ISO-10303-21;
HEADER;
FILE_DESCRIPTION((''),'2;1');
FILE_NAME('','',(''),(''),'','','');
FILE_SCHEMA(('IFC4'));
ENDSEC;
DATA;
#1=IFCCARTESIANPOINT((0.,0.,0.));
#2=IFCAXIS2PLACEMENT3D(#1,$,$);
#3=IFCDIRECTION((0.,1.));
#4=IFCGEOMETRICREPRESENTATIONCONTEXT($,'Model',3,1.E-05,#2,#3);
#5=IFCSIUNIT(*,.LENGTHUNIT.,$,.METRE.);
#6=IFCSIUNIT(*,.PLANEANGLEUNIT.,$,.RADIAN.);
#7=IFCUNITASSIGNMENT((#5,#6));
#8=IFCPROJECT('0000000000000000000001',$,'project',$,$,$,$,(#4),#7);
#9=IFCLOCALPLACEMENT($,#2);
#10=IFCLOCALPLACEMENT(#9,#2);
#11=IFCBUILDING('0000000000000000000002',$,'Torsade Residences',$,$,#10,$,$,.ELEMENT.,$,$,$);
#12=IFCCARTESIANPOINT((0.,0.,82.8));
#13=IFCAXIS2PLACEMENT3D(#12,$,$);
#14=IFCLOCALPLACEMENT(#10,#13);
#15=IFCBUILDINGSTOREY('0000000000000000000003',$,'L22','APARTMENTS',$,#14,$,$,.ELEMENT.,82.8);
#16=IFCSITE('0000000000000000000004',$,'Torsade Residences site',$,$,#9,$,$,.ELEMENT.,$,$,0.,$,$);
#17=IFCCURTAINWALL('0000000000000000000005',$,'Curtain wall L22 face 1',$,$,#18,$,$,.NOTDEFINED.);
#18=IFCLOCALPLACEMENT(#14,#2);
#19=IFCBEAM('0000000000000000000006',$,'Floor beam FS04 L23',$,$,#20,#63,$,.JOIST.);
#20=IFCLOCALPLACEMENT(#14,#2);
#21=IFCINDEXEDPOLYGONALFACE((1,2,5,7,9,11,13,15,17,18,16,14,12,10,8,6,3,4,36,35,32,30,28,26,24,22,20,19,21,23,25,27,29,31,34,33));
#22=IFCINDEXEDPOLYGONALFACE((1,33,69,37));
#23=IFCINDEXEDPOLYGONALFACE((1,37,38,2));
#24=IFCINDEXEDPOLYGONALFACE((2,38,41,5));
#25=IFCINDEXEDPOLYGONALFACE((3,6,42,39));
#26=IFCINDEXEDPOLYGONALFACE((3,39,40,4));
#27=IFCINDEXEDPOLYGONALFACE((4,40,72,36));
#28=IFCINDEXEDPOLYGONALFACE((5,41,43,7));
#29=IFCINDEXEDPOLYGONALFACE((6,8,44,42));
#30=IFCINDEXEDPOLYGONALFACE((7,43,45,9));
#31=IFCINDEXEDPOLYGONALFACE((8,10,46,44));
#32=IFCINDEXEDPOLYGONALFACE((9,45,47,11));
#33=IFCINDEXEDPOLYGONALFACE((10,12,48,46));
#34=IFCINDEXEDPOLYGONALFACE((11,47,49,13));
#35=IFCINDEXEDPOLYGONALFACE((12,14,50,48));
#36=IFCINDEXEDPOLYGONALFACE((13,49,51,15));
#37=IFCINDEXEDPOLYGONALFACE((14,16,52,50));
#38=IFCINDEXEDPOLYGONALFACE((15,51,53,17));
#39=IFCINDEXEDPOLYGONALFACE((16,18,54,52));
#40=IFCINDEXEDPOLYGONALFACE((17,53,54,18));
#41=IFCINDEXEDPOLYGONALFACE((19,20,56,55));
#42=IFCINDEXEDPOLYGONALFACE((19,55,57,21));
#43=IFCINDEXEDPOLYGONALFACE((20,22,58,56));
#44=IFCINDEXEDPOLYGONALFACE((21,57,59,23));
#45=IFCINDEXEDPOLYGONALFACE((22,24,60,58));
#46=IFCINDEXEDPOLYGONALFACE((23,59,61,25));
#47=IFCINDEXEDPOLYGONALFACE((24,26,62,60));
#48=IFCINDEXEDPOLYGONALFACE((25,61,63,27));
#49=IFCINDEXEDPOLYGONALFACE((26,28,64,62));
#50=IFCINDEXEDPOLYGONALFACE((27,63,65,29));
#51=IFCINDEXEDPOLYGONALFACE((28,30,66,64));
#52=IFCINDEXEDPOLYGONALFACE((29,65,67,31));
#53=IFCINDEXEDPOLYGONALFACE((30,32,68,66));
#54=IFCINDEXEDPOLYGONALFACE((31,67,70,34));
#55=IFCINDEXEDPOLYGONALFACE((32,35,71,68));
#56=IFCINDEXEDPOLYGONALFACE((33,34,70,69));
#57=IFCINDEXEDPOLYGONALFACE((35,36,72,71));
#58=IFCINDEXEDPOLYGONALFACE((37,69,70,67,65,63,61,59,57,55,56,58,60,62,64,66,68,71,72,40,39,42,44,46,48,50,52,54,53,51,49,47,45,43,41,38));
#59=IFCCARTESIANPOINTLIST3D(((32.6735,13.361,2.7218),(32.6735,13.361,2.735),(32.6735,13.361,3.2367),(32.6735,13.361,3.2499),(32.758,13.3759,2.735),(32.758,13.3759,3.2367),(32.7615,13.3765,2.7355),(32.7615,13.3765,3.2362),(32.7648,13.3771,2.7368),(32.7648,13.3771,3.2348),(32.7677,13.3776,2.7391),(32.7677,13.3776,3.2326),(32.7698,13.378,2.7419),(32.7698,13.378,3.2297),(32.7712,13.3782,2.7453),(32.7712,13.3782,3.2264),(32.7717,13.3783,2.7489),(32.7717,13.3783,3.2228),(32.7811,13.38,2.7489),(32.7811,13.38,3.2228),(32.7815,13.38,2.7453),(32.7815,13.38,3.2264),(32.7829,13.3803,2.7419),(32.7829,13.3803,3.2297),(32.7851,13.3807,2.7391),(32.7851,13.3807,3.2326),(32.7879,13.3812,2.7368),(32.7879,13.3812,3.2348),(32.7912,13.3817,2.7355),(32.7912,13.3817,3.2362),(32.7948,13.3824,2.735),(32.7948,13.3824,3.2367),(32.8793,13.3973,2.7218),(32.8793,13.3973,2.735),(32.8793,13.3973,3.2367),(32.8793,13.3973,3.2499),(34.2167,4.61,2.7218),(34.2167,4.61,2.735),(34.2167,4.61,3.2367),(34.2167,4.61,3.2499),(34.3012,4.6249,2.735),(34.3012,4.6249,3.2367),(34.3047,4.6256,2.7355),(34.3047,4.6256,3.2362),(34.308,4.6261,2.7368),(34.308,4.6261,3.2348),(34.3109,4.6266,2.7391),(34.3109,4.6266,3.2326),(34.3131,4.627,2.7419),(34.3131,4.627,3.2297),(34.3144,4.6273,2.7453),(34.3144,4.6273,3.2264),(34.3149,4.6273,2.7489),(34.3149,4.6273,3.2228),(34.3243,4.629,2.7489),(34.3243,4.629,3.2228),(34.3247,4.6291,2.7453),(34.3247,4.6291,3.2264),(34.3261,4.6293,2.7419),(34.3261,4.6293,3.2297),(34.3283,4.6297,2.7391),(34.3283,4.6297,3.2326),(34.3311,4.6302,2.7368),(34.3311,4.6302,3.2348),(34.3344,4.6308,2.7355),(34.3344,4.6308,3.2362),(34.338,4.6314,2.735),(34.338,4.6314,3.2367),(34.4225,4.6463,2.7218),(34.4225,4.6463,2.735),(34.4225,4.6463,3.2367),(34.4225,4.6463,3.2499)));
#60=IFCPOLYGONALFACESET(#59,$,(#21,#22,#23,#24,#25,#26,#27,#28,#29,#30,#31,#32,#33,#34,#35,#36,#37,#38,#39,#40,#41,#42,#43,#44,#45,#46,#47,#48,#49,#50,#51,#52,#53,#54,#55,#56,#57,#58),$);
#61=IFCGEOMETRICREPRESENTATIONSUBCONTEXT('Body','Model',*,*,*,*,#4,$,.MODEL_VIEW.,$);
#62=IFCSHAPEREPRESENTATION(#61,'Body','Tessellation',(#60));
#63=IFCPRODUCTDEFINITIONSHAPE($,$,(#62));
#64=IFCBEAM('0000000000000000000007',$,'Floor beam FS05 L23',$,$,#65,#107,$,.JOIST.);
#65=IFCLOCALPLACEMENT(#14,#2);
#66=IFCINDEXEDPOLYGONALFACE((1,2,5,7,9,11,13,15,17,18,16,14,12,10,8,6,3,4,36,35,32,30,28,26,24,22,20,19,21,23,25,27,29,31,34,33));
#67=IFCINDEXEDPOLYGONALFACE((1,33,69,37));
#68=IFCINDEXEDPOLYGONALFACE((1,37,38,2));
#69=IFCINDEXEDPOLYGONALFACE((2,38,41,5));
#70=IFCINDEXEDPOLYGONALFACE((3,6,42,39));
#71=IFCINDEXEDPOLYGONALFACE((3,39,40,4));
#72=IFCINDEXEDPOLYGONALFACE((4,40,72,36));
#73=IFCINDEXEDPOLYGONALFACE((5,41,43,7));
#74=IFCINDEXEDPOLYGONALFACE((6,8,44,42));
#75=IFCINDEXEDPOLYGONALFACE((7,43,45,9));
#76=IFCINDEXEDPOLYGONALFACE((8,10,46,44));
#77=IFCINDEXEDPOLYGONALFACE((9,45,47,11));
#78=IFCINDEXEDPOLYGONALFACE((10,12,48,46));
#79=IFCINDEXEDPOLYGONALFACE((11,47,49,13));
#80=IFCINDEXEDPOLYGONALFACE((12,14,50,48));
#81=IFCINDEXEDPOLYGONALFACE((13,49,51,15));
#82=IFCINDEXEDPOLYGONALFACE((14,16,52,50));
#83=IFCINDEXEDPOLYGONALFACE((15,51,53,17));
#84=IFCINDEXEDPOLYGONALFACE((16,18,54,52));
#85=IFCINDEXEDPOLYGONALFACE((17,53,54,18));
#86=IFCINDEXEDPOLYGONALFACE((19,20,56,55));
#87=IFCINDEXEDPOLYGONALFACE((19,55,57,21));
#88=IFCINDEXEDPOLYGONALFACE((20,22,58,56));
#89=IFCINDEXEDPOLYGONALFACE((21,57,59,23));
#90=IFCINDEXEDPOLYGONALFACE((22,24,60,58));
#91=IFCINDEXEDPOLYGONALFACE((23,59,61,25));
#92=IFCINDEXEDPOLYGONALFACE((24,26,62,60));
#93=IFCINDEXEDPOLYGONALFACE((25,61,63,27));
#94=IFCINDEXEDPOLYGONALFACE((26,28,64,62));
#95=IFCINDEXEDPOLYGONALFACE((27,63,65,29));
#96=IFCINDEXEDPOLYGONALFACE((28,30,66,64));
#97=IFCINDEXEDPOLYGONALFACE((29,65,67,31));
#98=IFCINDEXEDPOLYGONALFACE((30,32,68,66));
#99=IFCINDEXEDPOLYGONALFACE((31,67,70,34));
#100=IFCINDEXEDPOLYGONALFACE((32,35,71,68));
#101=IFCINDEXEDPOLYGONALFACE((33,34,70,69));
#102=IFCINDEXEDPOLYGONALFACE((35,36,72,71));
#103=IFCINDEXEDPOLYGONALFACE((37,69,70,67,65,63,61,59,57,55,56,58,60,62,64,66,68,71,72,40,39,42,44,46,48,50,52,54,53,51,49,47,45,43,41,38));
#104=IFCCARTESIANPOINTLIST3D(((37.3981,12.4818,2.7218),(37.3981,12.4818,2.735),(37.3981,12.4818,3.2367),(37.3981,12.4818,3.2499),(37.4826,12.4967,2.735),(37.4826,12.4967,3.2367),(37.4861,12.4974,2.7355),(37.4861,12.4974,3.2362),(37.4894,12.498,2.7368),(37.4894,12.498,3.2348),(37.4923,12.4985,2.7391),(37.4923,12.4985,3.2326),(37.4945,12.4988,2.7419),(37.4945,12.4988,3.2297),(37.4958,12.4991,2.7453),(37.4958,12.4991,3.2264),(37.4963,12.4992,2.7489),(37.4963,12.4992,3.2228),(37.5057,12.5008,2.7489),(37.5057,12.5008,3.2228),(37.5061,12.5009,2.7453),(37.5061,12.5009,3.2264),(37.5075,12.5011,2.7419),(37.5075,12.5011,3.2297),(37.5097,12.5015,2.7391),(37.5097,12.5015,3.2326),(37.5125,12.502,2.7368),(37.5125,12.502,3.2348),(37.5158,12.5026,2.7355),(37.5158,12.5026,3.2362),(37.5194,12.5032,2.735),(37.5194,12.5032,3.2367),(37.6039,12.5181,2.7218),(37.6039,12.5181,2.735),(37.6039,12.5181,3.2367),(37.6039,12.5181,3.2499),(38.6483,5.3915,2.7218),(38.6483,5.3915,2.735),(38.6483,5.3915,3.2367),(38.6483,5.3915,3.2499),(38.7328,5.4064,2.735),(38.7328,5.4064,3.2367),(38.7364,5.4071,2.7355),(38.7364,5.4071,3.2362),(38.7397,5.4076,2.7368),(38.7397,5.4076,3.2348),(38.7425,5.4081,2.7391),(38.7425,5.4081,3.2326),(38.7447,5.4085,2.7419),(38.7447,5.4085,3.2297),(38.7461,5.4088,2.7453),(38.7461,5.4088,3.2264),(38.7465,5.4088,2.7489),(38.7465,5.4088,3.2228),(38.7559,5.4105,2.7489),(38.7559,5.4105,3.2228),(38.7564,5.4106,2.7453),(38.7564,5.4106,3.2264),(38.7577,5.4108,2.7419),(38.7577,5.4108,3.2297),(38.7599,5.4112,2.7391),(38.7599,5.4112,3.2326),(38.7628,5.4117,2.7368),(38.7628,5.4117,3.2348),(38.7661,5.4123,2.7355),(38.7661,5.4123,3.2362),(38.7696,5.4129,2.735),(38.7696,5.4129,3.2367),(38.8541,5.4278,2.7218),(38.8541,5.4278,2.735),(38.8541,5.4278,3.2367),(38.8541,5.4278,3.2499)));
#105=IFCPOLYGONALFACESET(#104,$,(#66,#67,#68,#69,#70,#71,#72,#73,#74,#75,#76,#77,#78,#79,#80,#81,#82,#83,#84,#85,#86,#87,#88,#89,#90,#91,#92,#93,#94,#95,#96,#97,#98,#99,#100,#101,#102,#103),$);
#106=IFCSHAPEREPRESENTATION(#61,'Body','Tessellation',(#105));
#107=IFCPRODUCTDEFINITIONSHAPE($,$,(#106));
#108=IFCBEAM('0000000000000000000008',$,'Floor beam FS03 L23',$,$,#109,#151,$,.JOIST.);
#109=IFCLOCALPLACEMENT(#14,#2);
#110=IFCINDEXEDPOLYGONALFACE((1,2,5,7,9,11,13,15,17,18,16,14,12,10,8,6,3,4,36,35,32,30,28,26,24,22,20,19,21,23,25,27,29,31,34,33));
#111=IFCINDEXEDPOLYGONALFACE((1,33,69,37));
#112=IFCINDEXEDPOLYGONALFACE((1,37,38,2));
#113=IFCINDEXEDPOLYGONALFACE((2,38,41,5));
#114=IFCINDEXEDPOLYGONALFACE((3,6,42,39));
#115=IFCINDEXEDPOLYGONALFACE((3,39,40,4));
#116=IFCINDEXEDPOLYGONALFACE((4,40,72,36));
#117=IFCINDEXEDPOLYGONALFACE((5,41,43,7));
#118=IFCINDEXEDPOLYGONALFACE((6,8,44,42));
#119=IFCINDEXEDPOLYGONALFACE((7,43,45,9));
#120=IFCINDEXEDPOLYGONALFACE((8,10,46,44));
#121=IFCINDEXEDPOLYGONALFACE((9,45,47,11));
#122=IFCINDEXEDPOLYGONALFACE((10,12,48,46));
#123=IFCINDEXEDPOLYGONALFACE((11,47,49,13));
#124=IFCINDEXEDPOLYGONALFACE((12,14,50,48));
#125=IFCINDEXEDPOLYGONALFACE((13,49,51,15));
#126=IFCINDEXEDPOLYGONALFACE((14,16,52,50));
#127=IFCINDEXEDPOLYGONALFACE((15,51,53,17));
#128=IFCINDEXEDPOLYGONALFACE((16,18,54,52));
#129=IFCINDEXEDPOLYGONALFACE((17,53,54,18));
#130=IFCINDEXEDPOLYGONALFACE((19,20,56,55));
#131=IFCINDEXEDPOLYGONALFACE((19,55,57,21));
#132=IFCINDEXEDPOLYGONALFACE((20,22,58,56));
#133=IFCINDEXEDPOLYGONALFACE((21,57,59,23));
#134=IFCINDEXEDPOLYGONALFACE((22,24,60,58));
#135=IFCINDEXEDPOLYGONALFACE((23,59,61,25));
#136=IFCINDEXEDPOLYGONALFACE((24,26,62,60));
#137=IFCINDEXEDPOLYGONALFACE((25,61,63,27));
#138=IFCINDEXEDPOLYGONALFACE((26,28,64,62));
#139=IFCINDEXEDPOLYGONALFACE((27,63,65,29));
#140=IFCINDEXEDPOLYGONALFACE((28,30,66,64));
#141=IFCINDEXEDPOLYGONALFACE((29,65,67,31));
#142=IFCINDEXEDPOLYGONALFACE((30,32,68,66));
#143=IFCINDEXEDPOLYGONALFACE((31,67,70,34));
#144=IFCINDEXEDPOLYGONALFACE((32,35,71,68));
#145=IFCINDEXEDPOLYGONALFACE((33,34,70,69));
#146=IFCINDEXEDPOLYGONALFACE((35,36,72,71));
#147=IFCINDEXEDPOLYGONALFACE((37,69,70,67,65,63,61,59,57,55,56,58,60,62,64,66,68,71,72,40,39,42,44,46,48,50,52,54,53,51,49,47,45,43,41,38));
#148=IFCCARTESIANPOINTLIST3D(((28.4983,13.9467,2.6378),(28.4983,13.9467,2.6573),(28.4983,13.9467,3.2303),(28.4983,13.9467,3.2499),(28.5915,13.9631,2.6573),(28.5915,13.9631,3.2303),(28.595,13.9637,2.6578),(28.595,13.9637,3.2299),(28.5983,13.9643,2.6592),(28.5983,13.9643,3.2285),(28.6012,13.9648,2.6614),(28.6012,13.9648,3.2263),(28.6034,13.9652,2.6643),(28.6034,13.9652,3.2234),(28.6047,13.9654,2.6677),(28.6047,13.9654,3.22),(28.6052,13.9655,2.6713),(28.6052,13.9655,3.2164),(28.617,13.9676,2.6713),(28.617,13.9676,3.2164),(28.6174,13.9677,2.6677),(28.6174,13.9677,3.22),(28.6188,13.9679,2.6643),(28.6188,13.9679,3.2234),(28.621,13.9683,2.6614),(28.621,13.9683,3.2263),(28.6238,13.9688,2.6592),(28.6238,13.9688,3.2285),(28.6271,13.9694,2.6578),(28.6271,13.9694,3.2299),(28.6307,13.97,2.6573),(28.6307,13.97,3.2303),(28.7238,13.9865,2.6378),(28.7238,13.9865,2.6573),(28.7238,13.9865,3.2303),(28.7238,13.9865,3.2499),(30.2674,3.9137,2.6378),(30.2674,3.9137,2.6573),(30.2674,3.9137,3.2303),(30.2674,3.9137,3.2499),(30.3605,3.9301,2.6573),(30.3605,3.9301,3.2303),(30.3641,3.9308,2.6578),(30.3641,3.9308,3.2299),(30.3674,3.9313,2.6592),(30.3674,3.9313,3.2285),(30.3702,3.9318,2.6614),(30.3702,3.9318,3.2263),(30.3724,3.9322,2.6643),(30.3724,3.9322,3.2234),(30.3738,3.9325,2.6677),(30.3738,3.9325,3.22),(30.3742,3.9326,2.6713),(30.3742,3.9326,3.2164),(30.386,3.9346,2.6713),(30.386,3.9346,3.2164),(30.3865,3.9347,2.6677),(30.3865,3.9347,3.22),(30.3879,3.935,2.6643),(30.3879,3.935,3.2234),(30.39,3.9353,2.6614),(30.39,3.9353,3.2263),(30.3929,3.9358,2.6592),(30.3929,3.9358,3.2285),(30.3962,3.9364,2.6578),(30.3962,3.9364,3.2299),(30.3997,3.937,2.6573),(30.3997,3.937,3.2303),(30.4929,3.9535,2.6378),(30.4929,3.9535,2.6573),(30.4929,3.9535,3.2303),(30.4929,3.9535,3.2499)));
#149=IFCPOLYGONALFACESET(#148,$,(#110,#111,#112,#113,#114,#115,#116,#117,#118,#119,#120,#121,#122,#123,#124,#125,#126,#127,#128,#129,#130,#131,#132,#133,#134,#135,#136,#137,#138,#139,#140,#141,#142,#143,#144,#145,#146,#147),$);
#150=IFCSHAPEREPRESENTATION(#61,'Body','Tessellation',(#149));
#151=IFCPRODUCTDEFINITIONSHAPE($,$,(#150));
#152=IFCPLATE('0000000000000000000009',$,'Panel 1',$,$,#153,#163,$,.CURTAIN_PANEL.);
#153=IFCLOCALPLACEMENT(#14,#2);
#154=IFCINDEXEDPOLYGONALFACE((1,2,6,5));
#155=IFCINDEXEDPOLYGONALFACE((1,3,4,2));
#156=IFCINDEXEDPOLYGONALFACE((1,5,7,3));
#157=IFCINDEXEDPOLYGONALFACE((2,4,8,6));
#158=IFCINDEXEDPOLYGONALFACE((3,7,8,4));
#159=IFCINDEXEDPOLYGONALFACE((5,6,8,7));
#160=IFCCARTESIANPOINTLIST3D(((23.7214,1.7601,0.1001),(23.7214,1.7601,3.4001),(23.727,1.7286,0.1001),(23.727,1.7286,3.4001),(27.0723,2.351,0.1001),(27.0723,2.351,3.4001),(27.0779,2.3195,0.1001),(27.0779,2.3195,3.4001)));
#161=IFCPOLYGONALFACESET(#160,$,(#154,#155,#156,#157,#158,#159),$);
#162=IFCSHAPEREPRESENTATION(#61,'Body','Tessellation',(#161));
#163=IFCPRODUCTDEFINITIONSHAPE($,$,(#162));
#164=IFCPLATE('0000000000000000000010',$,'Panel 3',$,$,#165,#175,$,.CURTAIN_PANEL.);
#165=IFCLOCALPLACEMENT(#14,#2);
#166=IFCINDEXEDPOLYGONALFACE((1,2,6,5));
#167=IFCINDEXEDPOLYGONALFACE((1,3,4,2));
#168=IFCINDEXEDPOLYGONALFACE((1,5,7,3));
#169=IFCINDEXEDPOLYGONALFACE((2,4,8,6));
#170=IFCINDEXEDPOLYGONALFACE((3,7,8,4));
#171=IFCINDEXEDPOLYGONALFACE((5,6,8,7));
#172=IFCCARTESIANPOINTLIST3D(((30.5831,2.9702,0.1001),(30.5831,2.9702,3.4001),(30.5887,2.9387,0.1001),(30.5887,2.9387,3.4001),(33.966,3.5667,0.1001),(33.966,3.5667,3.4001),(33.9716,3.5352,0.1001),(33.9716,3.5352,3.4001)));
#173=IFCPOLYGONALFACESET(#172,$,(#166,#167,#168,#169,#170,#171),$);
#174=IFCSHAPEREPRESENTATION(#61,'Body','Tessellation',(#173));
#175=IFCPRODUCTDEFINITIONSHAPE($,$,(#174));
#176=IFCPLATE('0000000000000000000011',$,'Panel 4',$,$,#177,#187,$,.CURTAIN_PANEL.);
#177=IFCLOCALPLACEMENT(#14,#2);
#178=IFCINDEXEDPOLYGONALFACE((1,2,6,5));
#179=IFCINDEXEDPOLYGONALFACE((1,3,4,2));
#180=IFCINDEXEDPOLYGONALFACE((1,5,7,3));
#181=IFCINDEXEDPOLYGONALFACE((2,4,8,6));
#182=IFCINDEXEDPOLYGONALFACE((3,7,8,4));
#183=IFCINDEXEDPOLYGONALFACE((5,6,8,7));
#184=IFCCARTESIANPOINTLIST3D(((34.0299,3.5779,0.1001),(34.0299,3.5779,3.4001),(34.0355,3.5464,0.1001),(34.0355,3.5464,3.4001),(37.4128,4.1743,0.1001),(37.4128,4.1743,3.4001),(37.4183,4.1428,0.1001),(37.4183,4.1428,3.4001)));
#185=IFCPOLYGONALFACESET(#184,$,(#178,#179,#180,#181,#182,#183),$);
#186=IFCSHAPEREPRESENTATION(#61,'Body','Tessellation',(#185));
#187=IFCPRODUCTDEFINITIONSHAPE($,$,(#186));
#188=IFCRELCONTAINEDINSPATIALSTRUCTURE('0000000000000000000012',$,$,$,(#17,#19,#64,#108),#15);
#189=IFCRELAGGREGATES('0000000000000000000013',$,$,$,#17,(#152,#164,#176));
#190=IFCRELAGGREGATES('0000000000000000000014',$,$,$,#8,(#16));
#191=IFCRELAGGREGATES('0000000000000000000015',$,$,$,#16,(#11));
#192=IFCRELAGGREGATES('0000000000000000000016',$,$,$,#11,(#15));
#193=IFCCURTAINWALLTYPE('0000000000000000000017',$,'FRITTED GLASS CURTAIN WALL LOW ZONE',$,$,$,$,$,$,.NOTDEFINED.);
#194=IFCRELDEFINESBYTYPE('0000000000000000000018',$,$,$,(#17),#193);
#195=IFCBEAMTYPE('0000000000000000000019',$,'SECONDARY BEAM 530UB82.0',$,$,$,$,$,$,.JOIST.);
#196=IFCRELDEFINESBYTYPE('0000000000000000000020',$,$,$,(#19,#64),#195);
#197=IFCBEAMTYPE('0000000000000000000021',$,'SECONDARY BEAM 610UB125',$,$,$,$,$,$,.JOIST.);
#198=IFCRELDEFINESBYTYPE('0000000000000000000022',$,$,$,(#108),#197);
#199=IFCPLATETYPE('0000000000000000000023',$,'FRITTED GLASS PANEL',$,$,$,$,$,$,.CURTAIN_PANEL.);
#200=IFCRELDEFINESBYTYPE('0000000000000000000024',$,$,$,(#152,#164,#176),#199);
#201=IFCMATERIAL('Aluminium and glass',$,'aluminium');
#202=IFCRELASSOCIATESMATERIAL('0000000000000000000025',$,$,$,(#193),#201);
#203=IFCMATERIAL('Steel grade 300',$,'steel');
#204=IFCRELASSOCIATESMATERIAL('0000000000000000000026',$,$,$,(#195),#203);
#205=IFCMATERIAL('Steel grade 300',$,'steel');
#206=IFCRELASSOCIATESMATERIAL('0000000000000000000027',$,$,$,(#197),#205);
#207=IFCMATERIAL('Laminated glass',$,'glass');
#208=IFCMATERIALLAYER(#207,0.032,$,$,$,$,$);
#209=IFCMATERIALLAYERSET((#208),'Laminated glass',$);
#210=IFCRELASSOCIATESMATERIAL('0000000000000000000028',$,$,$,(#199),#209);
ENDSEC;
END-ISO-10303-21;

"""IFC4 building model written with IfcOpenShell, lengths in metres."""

from ifc_helpers import new_model, si_unit, direction, frame, origin, origin_2d, place, context, subcontext, project, spatial, rectangle, i_section, extrude, material, layer, layer_set, material_profile, profile_set, type_object, element, aggregate, save


model = new_model("IFC4")

# Units and contexts
model_context = context("Model", 3, precision=1e-05, world=origin(), true_north=direction((0.0, 1.0)))
body_context = subcontext(model_context, "Body", "Model", "MODEL_VIEW")
ifc_project = project(units=[si_unit("LENGTHUNIT", "METRE"), si_unit("PLANEANGLEUNIT", "RADIAN")], contexts=[model_context])

# Site, building, storey
site_placement = place(None, origin())
site = spatial("IfcSite", under=ifc_project, at=site_placement, Name="Torsade Residences site", CompositionType="ELEMENT", RefElevation=0.0)
building_placement = place(site_placement, origin())
building = spatial("IfcBuilding", under=site, at=building_placement, Name="Torsade Residences", CompositionType="ELEMENT")
storey_placement = place(building_placement, frame((0.0, 0.0, 82.8)))
storey = spatial("IfcBuildingStorey", under=building, at=storey_placement, Name="L22", Description="APARTMENTS", CompositionType="ELEMENT", Elevation=82.8)

# Curtain wall
ifc_material_1 = material(Name="Aluminium and glass", Category="aluminium")
curtain_wall_type = type_object("IfcCurtainWallType", Name="FRITTED GLASS CURTAIN WALL LOW ZONE", PredefinedType="NOTDEFINED", material=ifc_material_1)
curtain_wall_placement = place(storey_placement, origin())
curtain_wall = element("IfcCurtainWall", 1, at=curtain_wall_placement, inside=storey, type_object=curtain_wall_type, Name="Curtain wall L22 face 1", PredefinedType="NOTDEFINED")

# Beams
ifc_material_2 = material(Name="Steel grade 300", Category="steel")
ifc_material_profile_1 = material_profile(ifc_material_2, i_section(OverallWidth=0.209, OverallDepth=0.5281, WebThickness=0.0095, FlangeThickness=0.0132, FilletRadius=0.0139, at=origin_2d()), Name="530UB82.0")
ifc_profile_set_1 = profile_set([ifc_material_profile_1], Name="Steel grade 300")
beam_type_1 = type_object("IfcBeamType", Name="SECONDARY BEAM 530UB82.0", PredefinedType="JOIST", material=ifc_profile_set_1)
beam_1_placement = place(storey_placement, frame((34.3196, 4.6282, 2.9858), z_axis=(-0.173668, 0.984804, 0.0), x_axis=(-0.984804, -0.173668, 0.0)))
element("IfcBeam", 2, at=beam_1_placement, inside=storey, type_object=beam_type_1, Name="Floor beam FS04 L23", PredefinedType="JOIST", context=body_context, shape_type="SweptSolid", body=[
    extrude(i_section(OverallWidth=0.209, OverallDepth=0.5281, WebThickness=0.0095, FlangeThickness=0.0132, FilletRadius=0.0139, at=origin_2d()), origin(), (0.0, 0.0, 1.0), 8.886),
])
beam_2_placement = place(storey_placement, frame((38.7512, 5.4097, 2.9858), z_axis=(-0.173652, 0.984807, 0.0), x_axis=(-0.984807, -0.173652, 0.0)))
element("IfcBeam", 3, at=beam_2_placement, inside=storey, type_object=beam_type_1, Name="Floor beam FS05 L23", PredefinedType="JOIST", context=body_context, shape_type="SweptSolid", body=[
    extrude(i_section(OverallWidth=0.209, OverallDepth=0.5281, WebThickness=0.0095, FlangeThickness=0.0132, FilletRadius=0.0139, at=origin_2d()), origin(), (0.0, 0.0, 1.0), 7.1997),
])
ifc_material_3 = material(Name="Steel grade 300", Category="steel")
ifc_material_profile_2 = material_profile(ifc_material_3, i_section(OverallWidth=0.229, OverallDepth=0.6121, WebThickness=0.012, FlangeThickness=0.0195, FilletRadius=0.0139, at=origin_2d()), Name="610UB125")
ifc_profile_set_2 = profile_set([ifc_material_profile_2], Name="Steel grade 300")
beam_type_2 = type_object("IfcBeamType", Name="SECONDARY BEAM 610UB125", PredefinedType="JOIST", material=ifc_profile_set_2)
beam_3_placement = place(storey_placement, frame((30.3801, 3.9336, 2.9438), z_axis=(-0.173645, 0.984808, 0.0), x_axis=(-0.984808, -0.173645, 0.0)))
element("IfcBeam", 4, at=beam_3_placement, inside=storey, type_object=beam_type_2, Name="Floor beam FS03 L23", PredefinedType="JOIST", context=body_context, shape_type="SweptSolid", body=[
    extrude(i_section(OverallWidth=0.229, OverallDepth=0.6121, WebThickness=0.012, FlangeThickness=0.0195, FilletRadius=0.0139, at=origin_2d()), origin(), (0.0, 0.0, 1.0), 10.1877),
])

# Plates
ifc_material_4 = material(Name="Laminated glass", Category="glass")
ifc_layer_1 = layer(ifc_material_4, 0.032)
ifc_layer_set_1 = layer_set([ifc_layer_1], Name="Laminated glass")
plate_type_1 = type_object("IfcPlateType", Name="FRITTED GLASS PANEL", PredefinedType="CURTAIN_PANEL", material=ifc_layer_set_1)
plate_1_placement = place(storey_placement, frame((25.3997, 2.0398, 0.1001), z_axis=(0.0, 0.0, 1.0), x_axis=(0.984808, 0.173648, 0.0)))
plate_1 = element("IfcPlate", 5, at=plate_1_placement, type_object=plate_type_1, Name="Panel 1", PredefinedType="CURTAIN_PANEL", context=body_context, shape_type="SweptSolid", body=[
    extrude(rectangle(XDim=3.4026, YDim=0.032, at=origin_2d()), origin(), (0.0, 0.0, 1.0), 3.3),
])
plate_2_placement = place(storey_placement, frame((32.2773, 3.2527, 0.1001), z_axis=(0.0, 0.0, 1.0), x_axis=(0.984808, 0.173648, 0.0)))
plate_2 = element("IfcPlate", 6, at=plate_2_placement, type_object=plate_type_1, Name="Panel 3", PredefinedType="CURTAIN_PANEL", context=body_context, shape_type="SweptSolid", body=[
    extrude(rectangle(XDim=3.4351, YDim=0.032, at=origin_2d()), origin(), (0.0, 0.0, 1.0), 3.3),
])
plate_3_placement = place(storey_placement, frame((35.7241, 3.8604, 0.1001), z_axis=(0.0, 0.0, 1.0), x_axis=(0.984808, 0.173648, 0.0)))
plate_3 = element("IfcPlate", 7, at=plate_3_placement, type_object=plate_type_1, Name="Panel 4", PredefinedType="CURTAIN_PANEL", context=body_context, shape_type="SweptSolid", body=[
    extrude(rectangle(XDim=3.4351, YDim=0.032, at=origin_2d()), origin(), (0.0, 0.0, 1.0), 3.3),
])
aggregate(curtain_wall, [plate_1, plate_2, plate_3])

save(model, "model.ifc")
